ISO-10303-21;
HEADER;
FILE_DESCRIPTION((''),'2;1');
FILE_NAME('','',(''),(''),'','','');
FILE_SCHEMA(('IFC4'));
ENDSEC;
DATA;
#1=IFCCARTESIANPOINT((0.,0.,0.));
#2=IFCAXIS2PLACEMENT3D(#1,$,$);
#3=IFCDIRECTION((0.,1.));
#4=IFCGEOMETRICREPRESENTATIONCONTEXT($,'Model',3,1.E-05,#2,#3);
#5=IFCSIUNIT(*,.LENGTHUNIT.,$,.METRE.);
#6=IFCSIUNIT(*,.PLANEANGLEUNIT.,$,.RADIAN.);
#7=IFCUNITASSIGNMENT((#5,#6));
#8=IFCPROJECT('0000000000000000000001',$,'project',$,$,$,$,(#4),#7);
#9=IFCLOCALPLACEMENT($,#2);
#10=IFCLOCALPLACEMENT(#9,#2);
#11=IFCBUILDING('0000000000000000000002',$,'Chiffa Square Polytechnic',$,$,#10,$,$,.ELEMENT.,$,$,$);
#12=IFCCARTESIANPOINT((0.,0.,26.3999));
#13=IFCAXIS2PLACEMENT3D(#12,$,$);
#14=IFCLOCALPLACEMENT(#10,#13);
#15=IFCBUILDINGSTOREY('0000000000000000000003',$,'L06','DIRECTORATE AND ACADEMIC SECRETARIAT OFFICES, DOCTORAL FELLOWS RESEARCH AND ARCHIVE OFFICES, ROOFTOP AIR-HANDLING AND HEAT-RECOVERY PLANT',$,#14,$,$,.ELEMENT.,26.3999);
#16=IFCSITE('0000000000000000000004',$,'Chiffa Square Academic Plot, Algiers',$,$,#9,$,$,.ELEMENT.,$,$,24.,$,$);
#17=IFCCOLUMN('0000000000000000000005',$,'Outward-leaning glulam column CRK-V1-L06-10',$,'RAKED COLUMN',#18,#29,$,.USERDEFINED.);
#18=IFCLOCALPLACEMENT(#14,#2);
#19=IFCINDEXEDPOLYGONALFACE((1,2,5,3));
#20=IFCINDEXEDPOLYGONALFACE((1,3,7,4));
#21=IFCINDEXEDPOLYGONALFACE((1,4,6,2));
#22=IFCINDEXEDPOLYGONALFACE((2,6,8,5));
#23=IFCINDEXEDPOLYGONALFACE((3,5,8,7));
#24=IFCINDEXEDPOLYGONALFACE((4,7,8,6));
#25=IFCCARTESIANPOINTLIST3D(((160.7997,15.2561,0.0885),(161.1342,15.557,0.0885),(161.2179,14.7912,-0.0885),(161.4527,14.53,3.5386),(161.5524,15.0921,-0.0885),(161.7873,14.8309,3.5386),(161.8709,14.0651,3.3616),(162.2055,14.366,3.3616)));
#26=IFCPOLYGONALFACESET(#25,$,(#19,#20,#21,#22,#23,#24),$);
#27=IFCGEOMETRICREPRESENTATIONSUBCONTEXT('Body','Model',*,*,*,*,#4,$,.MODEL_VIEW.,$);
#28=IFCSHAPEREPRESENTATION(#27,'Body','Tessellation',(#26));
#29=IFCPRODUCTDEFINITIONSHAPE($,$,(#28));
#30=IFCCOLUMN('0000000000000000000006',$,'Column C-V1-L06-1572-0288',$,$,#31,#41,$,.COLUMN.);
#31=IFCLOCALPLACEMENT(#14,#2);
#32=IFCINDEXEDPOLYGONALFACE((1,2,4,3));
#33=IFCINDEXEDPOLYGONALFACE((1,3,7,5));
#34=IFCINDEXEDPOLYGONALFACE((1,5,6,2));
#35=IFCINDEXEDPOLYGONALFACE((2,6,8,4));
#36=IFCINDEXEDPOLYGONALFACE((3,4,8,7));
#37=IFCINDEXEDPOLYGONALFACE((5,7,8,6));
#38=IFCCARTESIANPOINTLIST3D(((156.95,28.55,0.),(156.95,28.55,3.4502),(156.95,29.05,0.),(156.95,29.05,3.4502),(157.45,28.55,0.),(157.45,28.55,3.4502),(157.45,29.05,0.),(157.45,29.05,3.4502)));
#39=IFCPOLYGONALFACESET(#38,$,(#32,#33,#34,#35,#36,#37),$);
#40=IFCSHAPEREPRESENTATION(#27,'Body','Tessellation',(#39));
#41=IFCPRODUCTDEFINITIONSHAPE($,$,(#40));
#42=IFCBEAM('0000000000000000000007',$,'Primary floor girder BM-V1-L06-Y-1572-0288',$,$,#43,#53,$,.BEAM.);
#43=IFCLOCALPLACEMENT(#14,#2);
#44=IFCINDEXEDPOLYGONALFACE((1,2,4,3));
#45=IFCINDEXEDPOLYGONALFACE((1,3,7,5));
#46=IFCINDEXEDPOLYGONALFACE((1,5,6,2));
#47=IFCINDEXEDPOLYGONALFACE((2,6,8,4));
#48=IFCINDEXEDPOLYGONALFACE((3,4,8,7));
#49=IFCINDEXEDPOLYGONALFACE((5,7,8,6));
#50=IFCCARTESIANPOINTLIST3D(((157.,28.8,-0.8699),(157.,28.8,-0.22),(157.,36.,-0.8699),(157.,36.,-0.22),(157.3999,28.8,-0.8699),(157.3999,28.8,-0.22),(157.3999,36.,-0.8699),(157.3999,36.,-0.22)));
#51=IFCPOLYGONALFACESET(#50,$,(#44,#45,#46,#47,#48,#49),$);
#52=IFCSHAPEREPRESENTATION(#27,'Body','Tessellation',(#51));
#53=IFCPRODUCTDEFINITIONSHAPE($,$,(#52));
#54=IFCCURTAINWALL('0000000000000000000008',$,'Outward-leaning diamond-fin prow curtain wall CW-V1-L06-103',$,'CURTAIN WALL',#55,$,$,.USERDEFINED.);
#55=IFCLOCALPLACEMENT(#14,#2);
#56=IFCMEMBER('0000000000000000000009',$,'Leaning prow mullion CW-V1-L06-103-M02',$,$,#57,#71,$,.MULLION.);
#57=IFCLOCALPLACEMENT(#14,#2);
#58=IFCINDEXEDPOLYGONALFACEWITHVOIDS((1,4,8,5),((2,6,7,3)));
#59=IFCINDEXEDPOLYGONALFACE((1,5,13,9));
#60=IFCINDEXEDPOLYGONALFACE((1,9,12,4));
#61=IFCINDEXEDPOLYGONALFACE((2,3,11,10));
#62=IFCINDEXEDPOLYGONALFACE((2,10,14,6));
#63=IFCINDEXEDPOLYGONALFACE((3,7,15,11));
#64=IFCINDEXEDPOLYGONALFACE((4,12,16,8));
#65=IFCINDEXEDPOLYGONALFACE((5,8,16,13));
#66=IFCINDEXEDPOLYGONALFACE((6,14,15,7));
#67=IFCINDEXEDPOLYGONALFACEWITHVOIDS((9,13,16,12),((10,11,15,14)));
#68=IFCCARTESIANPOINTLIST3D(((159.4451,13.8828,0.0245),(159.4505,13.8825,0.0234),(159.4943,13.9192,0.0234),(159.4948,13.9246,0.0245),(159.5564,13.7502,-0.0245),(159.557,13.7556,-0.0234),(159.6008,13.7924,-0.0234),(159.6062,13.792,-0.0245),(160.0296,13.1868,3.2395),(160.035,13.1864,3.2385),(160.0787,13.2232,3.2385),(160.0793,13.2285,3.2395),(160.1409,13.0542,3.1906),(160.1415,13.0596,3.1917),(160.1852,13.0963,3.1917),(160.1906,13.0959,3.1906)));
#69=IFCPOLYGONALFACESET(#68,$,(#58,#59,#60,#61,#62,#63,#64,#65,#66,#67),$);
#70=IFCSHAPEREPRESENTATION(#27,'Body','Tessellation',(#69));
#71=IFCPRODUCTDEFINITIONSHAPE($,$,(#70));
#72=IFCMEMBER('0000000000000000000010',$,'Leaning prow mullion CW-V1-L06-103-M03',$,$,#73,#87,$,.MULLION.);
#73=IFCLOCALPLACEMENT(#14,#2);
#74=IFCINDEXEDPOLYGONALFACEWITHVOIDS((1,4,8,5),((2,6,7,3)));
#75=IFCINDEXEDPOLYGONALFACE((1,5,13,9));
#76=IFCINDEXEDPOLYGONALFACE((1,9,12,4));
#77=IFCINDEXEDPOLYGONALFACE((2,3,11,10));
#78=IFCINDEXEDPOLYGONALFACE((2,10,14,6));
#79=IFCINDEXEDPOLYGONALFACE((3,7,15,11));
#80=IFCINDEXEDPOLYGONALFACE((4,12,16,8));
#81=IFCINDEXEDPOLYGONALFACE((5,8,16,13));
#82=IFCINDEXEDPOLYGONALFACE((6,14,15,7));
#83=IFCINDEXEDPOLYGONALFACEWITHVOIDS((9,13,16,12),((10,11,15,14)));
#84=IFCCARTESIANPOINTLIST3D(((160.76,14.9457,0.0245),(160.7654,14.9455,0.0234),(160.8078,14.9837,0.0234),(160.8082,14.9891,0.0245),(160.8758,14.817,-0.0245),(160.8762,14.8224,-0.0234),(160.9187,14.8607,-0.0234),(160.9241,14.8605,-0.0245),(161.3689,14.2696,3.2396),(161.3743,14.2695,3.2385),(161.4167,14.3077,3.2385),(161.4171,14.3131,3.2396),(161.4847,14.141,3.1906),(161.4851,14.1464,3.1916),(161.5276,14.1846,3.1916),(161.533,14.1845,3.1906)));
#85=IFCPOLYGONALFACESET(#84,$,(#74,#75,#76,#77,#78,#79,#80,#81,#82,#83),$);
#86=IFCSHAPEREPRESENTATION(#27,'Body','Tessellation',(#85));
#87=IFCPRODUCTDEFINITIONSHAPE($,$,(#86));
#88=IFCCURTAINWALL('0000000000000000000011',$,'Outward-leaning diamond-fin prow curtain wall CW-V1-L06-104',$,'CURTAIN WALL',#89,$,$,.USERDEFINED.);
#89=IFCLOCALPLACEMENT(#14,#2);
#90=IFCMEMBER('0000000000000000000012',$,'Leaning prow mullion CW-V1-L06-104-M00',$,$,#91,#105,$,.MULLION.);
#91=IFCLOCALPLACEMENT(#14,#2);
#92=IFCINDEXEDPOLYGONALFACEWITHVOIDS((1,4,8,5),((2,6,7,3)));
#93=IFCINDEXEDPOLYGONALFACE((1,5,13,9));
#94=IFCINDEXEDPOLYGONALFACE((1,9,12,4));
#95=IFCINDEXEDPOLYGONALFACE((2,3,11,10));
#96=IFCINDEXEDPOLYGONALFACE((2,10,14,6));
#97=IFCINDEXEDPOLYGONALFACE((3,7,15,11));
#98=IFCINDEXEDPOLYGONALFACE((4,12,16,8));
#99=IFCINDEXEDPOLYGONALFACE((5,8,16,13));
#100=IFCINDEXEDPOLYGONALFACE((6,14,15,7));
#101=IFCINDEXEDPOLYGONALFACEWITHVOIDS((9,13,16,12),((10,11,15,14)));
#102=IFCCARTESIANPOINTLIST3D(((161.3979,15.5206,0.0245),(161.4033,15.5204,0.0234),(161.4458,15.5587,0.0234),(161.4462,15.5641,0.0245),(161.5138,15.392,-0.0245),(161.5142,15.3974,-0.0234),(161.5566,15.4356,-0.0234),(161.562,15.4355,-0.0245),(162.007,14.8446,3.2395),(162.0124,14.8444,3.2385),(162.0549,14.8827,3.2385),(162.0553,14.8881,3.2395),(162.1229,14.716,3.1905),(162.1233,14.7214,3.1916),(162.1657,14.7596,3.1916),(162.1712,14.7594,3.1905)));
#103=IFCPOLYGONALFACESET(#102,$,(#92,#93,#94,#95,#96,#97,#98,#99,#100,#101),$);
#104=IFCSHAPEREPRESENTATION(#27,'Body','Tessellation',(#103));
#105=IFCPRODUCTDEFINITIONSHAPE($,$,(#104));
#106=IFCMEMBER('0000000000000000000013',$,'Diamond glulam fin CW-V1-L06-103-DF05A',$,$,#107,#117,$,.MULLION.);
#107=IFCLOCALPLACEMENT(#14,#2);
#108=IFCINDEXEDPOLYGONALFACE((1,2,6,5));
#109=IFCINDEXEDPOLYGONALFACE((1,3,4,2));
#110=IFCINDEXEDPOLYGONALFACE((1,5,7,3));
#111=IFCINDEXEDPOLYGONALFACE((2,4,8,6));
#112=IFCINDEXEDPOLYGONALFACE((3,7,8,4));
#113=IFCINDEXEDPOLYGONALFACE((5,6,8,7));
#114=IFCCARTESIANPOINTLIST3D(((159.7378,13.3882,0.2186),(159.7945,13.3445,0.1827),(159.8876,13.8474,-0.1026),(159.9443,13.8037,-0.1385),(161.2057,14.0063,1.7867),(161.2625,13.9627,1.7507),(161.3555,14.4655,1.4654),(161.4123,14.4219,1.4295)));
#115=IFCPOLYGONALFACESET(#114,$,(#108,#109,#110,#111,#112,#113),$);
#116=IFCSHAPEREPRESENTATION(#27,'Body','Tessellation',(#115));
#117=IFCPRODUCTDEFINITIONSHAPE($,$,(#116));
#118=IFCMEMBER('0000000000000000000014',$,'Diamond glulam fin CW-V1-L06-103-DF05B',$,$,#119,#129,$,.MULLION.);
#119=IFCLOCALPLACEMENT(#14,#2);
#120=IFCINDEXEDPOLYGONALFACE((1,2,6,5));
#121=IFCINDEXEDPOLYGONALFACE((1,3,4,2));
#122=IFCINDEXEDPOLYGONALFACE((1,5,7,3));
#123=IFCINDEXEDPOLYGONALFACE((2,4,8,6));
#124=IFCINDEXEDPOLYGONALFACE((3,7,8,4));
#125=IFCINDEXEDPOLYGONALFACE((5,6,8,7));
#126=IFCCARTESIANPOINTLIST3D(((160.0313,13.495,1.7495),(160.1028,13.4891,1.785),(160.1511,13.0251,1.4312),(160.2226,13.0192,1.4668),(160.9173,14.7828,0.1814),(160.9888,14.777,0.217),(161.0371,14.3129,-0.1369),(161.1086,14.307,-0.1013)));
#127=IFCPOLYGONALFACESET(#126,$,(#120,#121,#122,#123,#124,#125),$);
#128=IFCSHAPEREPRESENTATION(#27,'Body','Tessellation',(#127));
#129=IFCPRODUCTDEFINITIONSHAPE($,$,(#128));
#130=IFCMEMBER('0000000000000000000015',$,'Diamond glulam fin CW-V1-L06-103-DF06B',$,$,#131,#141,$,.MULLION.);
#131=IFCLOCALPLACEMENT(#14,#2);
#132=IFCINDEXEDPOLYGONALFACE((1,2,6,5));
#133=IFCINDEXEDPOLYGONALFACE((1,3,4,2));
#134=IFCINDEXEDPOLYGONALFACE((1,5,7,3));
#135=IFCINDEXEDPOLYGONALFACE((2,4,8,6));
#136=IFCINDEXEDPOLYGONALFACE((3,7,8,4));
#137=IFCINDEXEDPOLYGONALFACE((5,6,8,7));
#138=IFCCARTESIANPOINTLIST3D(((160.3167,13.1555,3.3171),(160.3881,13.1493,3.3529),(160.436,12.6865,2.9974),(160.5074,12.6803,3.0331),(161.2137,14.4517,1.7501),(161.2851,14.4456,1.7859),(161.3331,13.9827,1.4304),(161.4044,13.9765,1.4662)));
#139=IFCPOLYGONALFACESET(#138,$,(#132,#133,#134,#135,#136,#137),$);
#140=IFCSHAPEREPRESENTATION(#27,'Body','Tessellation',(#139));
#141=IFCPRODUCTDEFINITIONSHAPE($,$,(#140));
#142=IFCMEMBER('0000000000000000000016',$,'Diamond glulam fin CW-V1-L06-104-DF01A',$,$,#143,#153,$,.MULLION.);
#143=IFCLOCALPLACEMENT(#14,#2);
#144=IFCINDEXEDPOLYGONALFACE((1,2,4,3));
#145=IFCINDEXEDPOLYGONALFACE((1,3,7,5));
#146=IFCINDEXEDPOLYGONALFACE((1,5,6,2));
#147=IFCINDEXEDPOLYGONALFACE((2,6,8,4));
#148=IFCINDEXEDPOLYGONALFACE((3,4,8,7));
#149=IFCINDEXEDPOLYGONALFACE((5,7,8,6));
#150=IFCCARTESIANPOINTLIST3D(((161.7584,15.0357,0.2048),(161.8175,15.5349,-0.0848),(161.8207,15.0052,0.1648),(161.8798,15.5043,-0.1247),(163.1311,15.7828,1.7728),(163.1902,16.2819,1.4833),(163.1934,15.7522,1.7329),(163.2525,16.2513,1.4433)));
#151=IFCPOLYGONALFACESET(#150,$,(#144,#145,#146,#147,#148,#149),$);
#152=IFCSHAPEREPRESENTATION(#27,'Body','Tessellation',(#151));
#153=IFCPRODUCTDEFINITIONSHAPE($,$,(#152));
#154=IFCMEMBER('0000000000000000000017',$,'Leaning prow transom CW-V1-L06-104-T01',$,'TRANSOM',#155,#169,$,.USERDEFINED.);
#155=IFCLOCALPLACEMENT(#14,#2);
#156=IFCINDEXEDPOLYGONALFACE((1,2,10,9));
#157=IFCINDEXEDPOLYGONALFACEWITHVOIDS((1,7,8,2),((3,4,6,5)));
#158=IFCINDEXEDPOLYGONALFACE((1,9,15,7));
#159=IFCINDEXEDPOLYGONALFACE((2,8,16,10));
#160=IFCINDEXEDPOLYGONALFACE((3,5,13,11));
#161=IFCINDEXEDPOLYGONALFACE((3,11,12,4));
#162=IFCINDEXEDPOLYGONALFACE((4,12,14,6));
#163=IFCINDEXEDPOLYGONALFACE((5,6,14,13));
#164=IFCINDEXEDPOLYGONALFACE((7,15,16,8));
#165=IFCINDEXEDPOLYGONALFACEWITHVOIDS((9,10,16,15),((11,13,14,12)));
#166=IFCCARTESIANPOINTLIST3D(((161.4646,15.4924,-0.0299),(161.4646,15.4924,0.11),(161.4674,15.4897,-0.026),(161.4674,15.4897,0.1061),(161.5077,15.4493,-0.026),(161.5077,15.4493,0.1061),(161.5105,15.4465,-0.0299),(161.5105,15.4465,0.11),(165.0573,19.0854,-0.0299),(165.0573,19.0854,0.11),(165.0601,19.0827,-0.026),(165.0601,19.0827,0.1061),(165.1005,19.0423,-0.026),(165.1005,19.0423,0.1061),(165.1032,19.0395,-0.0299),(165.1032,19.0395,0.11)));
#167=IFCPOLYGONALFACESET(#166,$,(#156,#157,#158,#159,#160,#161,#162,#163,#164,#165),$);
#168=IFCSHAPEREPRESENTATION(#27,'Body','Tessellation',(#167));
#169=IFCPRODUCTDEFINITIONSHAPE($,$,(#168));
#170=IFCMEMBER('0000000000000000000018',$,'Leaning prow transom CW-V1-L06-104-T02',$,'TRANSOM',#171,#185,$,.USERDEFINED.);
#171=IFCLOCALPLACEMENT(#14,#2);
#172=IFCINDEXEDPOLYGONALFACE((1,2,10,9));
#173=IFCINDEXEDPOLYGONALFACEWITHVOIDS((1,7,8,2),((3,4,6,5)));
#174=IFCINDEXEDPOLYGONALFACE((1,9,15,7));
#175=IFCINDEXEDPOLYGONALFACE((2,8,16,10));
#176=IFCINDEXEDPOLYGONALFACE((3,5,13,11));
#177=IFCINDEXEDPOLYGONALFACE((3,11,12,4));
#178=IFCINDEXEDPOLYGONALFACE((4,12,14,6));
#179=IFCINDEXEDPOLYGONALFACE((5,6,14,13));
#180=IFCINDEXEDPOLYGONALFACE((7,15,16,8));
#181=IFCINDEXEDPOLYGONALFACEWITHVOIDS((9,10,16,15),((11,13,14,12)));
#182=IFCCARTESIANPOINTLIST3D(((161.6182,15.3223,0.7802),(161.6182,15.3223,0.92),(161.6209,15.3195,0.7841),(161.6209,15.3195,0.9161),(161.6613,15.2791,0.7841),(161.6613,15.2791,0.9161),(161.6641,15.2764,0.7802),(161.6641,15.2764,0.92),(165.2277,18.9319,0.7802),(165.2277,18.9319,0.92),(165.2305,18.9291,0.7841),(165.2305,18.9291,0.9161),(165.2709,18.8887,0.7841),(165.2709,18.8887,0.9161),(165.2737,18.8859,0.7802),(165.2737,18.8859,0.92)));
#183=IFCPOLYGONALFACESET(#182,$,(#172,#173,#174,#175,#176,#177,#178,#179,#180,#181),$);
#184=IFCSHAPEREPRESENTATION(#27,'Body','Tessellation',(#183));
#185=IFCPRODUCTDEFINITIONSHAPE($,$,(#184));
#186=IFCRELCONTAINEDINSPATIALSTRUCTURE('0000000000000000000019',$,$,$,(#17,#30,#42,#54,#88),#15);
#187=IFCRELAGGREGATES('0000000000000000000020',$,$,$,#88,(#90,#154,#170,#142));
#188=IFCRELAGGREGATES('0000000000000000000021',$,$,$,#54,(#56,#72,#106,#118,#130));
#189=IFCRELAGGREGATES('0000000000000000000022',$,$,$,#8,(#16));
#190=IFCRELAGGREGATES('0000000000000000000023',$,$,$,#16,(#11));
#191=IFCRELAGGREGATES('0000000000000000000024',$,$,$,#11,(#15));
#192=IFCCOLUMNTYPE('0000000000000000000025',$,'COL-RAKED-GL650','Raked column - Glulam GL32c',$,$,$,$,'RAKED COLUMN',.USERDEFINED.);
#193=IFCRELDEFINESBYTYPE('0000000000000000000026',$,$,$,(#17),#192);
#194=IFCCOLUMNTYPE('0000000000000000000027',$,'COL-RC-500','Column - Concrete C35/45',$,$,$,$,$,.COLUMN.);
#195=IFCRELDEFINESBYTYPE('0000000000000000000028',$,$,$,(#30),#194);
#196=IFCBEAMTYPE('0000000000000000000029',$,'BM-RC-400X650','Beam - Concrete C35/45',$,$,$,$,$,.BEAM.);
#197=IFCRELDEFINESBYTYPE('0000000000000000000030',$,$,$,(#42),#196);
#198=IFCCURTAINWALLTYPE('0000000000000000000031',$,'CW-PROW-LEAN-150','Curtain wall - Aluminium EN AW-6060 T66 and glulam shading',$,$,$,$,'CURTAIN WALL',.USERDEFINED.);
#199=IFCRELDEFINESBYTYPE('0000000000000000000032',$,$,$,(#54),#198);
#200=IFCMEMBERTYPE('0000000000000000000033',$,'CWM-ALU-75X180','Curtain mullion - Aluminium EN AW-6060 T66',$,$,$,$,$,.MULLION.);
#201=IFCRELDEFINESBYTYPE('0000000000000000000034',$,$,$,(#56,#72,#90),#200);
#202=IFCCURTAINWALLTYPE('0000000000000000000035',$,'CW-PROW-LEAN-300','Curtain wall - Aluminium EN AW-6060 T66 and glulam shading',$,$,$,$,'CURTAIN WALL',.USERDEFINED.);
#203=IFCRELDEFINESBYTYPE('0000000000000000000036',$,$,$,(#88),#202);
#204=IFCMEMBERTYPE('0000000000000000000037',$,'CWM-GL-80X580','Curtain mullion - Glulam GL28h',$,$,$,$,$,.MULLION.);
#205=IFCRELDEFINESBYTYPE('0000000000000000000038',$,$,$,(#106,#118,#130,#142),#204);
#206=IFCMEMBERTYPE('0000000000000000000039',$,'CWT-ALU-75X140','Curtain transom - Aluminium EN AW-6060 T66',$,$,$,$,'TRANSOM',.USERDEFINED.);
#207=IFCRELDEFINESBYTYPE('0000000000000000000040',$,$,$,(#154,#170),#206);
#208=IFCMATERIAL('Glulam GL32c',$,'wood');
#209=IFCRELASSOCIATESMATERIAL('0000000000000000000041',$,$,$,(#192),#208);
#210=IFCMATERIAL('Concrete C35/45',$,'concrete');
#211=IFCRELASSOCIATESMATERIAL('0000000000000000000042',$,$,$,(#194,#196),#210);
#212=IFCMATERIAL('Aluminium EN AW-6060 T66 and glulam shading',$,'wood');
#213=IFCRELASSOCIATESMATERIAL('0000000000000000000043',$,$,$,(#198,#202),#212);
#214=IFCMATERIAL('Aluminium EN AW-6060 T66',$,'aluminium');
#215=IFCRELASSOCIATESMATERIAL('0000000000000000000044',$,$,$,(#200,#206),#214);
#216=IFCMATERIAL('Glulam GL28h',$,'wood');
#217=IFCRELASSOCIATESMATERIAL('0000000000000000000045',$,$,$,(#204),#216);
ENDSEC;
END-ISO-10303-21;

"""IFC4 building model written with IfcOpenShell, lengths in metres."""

from ifc_helpers import new_model, si_unit, direction, frame, origin, origin_2d, place, context, subcontext, project, spatial, rectangle, hollow_rectangle, extrude, material, material_profile, profile_set, type_object, element, aggregate, save


model = new_model("IFC4")

# Units and contexts
model_context = context("Model", 3, precision=1e-05, world=origin(), true_north=direction((0.0, 1.0)))
body_context = subcontext(model_context, "Body", "Model", "MODEL_VIEW")
ifc_project = project(units=[si_unit("LENGTHUNIT", "METRE"), si_unit("PLANEANGLEUNIT", "RADIAN")], contexts=[model_context])

# Site, building, storey
site_placement = place(None, origin())
site = spatial("IfcSite", under=ifc_project, at=site_placement, Name="Chiffa Square Academic Plot, Algiers", CompositionType="ELEMENT", RefElevation=24.0)
building_placement = place(site_placement, origin())
building = spatial("IfcBuilding", under=site, at=building_placement, Name="Chiffa Square Polytechnic", CompositionType="ELEMENT")
storey_placement = place(building_placement, frame((0.0, 0.0, 26.3999)))
storey = spatial("IfcBuildingStorey", under=building, at=storey_placement, Name="L06", Description="DIRECTORATE AND ACADEMIC SECRETARIAT OFFICES, DOCTORAL FELLOWS RESEARCH AND ARCHIVE OFFICES, ROOFTOP AIR-HANDLING AND HEAT-RECOVERY PLANT", CompositionType="ELEMENT", Elevation=26.3999)

# Columns
ifc_material_1 = material(Name="Glulam GL32c", Category="wood")
ifc_material_profile_1 = material_profile(ifc_material_1, rectangle(XDim=0.45, YDim=0.6499, at=origin_2d()), Name="GL32c 450x650")
ifc_profile_set_1 = profile_set([ifc_material_profile_1], Name="Glulam GL32c")
column_type_1 = type_object("IfcColumnType", Name="COL-RAKED-GL650", Description="Raked column - Glulam GL32c", ElementType="RAKED COLUMN", PredefinedType="USERDEFINED", material=ifc_profile_set_1)
column_1_placement = place(storey_placement, frame((161.176, 15.1741, 0.0), z_axis=(0.182131, -0.202489, 0.962199), x_axis=(0.743493, 0.668744, 0.0)))
element("IfcColumn", 1, at=column_1_placement, inside=storey, type_object=column_type_1, Name="Outward-leaning glulam column CRK-V1-L06-10", ObjectType="RAKED COLUMN", PredefinedType="USERDEFINED", context=body_context, shape_type="SweptSolid", body=[
    extrude(rectangle(XDim=0.45, YDim=0.6499, at=origin_2d()), origin(), (0.0, 0.0, 1.0), 3.5857),
])
ifc_material_2 = material(Name="Concrete C35/45", Category="concrete")
ifc_material_profile_2 = material_profile(ifc_material_2, rectangle(XDim=0.5, YDim=0.5, at=origin_2d()), Name="RC 500x500")
ifc_profile_set_2 = profile_set([ifc_material_profile_2], Name="Concrete C35/45")
column_type_2 = type_object("IfcColumnType", Name="COL-RC-500", Description="Column - Concrete C35/45", PredefinedType="COLUMN", material=ifc_profile_set_2)
column_2_placement = place(storey_placement, frame((157.2, 28.8, 0.0), z_axis=(0.0, 0.0, 1.0), x_axis=(1.0, 0.0, 0.0)))
element("IfcColumn", 2, at=column_2_placement, inside=storey, type_object=column_type_2, Name="Column C-V1-L06-1572-0288", PredefinedType="COLUMN", context=body_context, shape_type="SweptSolid", body=[
    extrude(rectangle(XDim=0.5, YDim=0.5, at=origin_2d()), origin(), (0.0, 0.0, 1.0), 3.4502),
])

# Beam
ifc_material_profile_3 = material_profile(ifc_material_2, rectangle(XDim=0.3999, YDim=0.6499, at=origin_2d()), Name="RC 400x650")
ifc_profile_set_3 = profile_set([ifc_material_profile_3], Name="Concrete C35/45")
beam_type_1 = type_object("IfcBeamType", Name="BM-RC-400X650", Description="Beam - Concrete C35/45", PredefinedType="BEAM", material=ifc_profile_set_3)
beam_1_placement = place(storey_placement, frame((157.2, 28.8, -0.5449), z_axis=(0.0, 1.0, 0.0), x_axis=(-1.0, 0.0, 0.0)))
element("IfcBeam", 3, at=beam_1_placement, inside=storey, type_object=beam_type_1, Name="Primary floor girder BM-V1-L06-Y-1572-0288", PredefinedType="BEAM", context=body_context, shape_type="SweptSolid", body=[
    extrude(rectangle(XDim=0.3999, YDim=0.6499, at=origin_2d()), origin(), (0.0, 0.0, 1.0), 7.2),
])

# Curtain wall, members
ifc_material_3 = material(Name="Aluminium EN AW-6060 T66 and glulam shading", Category="wood")
curtain_wall_type_1 = type_object("IfcCurtainWallType", Name="CW-PROW-LEAN-150", Description="Curtain wall - Aluminium EN AW-6060 T66 and glulam shading", ElementType="CURTAIN WALL", PredefinedType="USERDEFINED", material=ifc_material_3)
curtain_wall_1_placement = place(storey_placement, origin())
curtain_wall_1 = element("IfcCurtainWall", 4, at=curtain_wall_1_placement, inside=storey, type_object=curtain_wall_type_1, Name="Outward-leaning diamond-fin prow curtain wall CW-V1-L06-103", ObjectType="CURTAIN WALL", PredefinedType="USERDEFINED")
ifc_material_4 = material(Name="Aluminium EN AW-6060 T66", Category="aluminium")
ifc_material_profile_4 = material_profile(ifc_material_4, hollow_rectangle(XDim=0.0649, YDim=0.1799, WallThickness=0.0039, at=origin_2d()), Name="ALU 65x180x4")
ifc_profile_set_4 = profile_set([ifc_material_profile_4], Name="Aluminium EN AW-6060 T66")
member_type_1 = type_object("IfcMemberType", Name="CWM-ALU-75X180", Description="Curtain mullion - Aluminium EN AW-6060 T66", PredefinedType="MULLION", material=ifc_profile_set_4)
member_1_placement = place(storey_placement, frame((159.5256, 13.8374, 0.0), z_axis=(0.174935, -0.208329, 0.962287), x_axis=(0.765816, 0.64306, 0.0)))
member_1 = element("IfcMember", 5, at=member_1_placement, type_object=member_type_1, Name="Leaning prow mullion CW-V1-L06-103-M02", PredefinedType="MULLION", context=body_context, shape_type="SweptSolid", body=[
    extrude(hollow_rectangle(XDim=0.0649, YDim=0.1799, WallThickness=0.0039, at=origin_2d()), origin(), (0.0, 0.0, 1.0), 3.3411),
])
member_2_placement = place(storey_placement, frame((160.842, 14.9031, 0.0), z_axis=(0.182228, -0.202322, 0.962216), x_axis=(0.743041, 0.669246, 0.0)))
member_2 = element("IfcMember", 6, at=member_2_placement, type_object=member_type_1, Name="Leaning prow mullion CW-V1-L06-103-M03", PredefinedType="MULLION", context=body_context, shape_type="SweptSolid", body=[
    extrude(hollow_rectangle(XDim=0.0649, YDim=0.1799, WallThickness=0.0039, at=origin_2d()), origin(), (0.0, 0.0, 1.0), 3.3413),
])

# Curtain wall, member
curtain_wall_type_2 = type_object("IfcCurtainWallType", Name="CW-PROW-LEAN-300", Description="Curtain wall - Aluminium EN AW-6060 T66 and glulam shading", ElementType="CURTAIN WALL", PredefinedType="USERDEFINED", material=ifc_material_3)
curtain_wall_2_placement = place(storey_placement, origin())
curtain_wall_2 = element("IfcCurtainWall", 7, at=curtain_wall_2_placement, inside=storey, type_object=curtain_wall_type_2, Name="Outward-leaning diamond-fin prow curtain wall CW-V1-L06-104", ObjectType="CURTAIN WALL", PredefinedType="USERDEFINED")
member_3_placement = place(storey_placement, frame((161.48, 15.478, 0.0), z_axis=(0.182299, -0.202319, 0.962203), x_axis=(0.742907, 0.669394, 0.0)))
member_3 = element("IfcMember", 8, at=member_3_placement, type_object=member_type_1, Name="Leaning prow mullion CW-V1-L06-104-M00", PredefinedType="MULLION", context=body_context, shape_type="SweptSolid", body=[
    extrude(hollow_rectangle(XDim=0.0649, YDim=0.1799, WallThickness=0.0039, at=origin_2d()), origin(), (0.0, 0.0, 1.0), 3.3413),
])

# Members
ifc_material_5 = material(Name="Glulam GL28h", Category="wood")
ifc_material_profile_5 = material_profile(ifc_material_5, rectangle(XDim=0.0801, YDim=0.5801, at=origin_2d()), Name="GL28h 80x580")
ifc_profile_set_5 = profile_set([ifc_material_profile_5], Name="Glulam GL28h")
member_type_2 = type_object("IfcMemberType", Name="CWM-GL-80X580", Description="Curtain mullion - Glulam GL28h", PredefinedType="MULLION", material=ifc_profile_set_5)
member_4_placement = place(storey_placement, frame((159.8411, 13.5959, 0.04), z_axis=(0.656768, 0.276557, 0.70155), x_axis=(-0.708495, 0.544897, 0.448466)))
member_4 = element("IfcMember", 9, at=member_4_placement, type_object=member_type_2, Name="Diamond glulam fin CW-V1-L06-103-DF05A", PredefinedType="MULLION", context=body_context, shape_type="SweptSolid", body=[
    extrude(rectangle(XDim=0.0801, YDim=0.5801, at=origin_2d()), origin(), (0.0, 0.0, 1.0), 2.2351),
])
member_5_placement = place(storey_placement, frame((161.0129, 14.5449, 0.04), z_axis=(-0.400146, -0.58164, 0.708222), x_axis=(0.892879, -0.073281, 0.444294)))
member_5 = element("IfcMember", 10, at=member_5_placement, type_object=member_type_2, Name="Diamond glulam fin CW-V1-L06-103-DF05B", PredefinedType="MULLION", context=body_context, shape_type="SweptSolid", body=[
    extrude(rectangle(XDim=0.0801, YDim=0.5801, at=origin_2d()), origin(), (0.0, 0.0, 1.0), 2.2141),
])
member_6_placement = place(storey_placement, frame((161.3091, 14.2141, 1.6082), z_axis=(-0.403579, -0.58318, 0.705), x_axis=(0.89152, -0.07741, 0.446318)))
member_6 = element("IfcMember", 11, at=member_6_placement, type_object=member_type_2, Name="Diamond glulam fin CW-V1-L06-103-DF06B", PredefinedType="MULLION", context=body_context, shape_type="SweptSolid", body=[
    extrude(rectangle(XDim=0.0801, YDim=0.5801, at=origin_2d()), origin(), (0.0, 0.0, 1.0), 2.2227),
])
member_7_placement = place(storey_placement, frame((161.8191, 15.27, 0.04), z_axis=(0.620062, 0.337434, 0.70828), x_axis=(-0.777905, 0.381699, 0.499169)))
member_7 = element("IfcMember", 12, at=member_7_placement, type_object=member_type_2, Name="Diamond glulam fin CW-V1-L06-104-DF01A", PredefinedType="MULLION", context=body_context, shape_type="SweptSolid", body=[
    extrude(rectangle(XDim=0.0801, YDim=0.5801, at=origin_2d()), origin(), (0.0, 0.0, 1.0), 2.2139),
])
ifc_material_profile_6 = material_profile(ifc_material_4, hollow_rectangle(XDim=0.0649, YDim=0.1399, WallThickness=0.0039, at=origin_2d()), Name="ALU 65x140x4")
ifc_profile_set_6 = profile_set([ifc_material_profile_6], Name="Aluminium EN AW-6060 T66")
member_type_3 = type_object("IfcMemberType", Name="CWT-ALU-75X140", Description="Curtain transom - Aluminium EN AW-6060 T66", ElementType="TRANSOM", PredefinedType="USERDEFINED", material=ifc_profile_set_6)
member_8_placement = place(storey_placement, frame((161.4875, 15.4695, 0.04), z_axis=(0.707083, 0.707131, 0.0), x_axis=(-0.707131, 0.707083, 0.0)))
member_8 = element("IfcMember", 13, at=member_8_placement, type_object=member_type_3, Name="Leaning prow transom CW-V1-L06-104-T01", ObjectType="TRANSOM", PredefinedType="USERDEFINED", context=body_context, shape_type="SweptSolid", body=[
    extrude(hollow_rectangle(XDim=0.0649, YDim=0.1399, WallThickness=0.0039, at=origin_2d()), origin(), (0.0, 0.0, 1.0), 5.0811),
])
member_9_placement = place(storey_placement, frame((161.6411, 15.2993, 0.8501), z_axis=(0.707107, 0.707107, 0.0), x_axis=(-0.707107, 0.707107, 0.0)))
member_9 = element("IfcMember", 14, at=member_9_placement, type_object=member_type_3, Name="Leaning prow transom CW-V1-L06-104-T02", ObjectType="TRANSOM", PredefinedType="USERDEFINED", context=body_context, shape_type="SweptSolid", body=[
    extrude(hollow_rectangle(XDim=0.0649, YDim=0.1399, WallThickness=0.0039, at=origin_2d()), origin(), (0.0, 0.0, 1.0), 5.1047),
])

aggregate(curtain_wall_2, [member_3, member_8, member_9, member_7])
aggregate(curtain_wall_1, [member_1, member_2, member_4, member_5, member_6])

save(model, "model.ifc")
